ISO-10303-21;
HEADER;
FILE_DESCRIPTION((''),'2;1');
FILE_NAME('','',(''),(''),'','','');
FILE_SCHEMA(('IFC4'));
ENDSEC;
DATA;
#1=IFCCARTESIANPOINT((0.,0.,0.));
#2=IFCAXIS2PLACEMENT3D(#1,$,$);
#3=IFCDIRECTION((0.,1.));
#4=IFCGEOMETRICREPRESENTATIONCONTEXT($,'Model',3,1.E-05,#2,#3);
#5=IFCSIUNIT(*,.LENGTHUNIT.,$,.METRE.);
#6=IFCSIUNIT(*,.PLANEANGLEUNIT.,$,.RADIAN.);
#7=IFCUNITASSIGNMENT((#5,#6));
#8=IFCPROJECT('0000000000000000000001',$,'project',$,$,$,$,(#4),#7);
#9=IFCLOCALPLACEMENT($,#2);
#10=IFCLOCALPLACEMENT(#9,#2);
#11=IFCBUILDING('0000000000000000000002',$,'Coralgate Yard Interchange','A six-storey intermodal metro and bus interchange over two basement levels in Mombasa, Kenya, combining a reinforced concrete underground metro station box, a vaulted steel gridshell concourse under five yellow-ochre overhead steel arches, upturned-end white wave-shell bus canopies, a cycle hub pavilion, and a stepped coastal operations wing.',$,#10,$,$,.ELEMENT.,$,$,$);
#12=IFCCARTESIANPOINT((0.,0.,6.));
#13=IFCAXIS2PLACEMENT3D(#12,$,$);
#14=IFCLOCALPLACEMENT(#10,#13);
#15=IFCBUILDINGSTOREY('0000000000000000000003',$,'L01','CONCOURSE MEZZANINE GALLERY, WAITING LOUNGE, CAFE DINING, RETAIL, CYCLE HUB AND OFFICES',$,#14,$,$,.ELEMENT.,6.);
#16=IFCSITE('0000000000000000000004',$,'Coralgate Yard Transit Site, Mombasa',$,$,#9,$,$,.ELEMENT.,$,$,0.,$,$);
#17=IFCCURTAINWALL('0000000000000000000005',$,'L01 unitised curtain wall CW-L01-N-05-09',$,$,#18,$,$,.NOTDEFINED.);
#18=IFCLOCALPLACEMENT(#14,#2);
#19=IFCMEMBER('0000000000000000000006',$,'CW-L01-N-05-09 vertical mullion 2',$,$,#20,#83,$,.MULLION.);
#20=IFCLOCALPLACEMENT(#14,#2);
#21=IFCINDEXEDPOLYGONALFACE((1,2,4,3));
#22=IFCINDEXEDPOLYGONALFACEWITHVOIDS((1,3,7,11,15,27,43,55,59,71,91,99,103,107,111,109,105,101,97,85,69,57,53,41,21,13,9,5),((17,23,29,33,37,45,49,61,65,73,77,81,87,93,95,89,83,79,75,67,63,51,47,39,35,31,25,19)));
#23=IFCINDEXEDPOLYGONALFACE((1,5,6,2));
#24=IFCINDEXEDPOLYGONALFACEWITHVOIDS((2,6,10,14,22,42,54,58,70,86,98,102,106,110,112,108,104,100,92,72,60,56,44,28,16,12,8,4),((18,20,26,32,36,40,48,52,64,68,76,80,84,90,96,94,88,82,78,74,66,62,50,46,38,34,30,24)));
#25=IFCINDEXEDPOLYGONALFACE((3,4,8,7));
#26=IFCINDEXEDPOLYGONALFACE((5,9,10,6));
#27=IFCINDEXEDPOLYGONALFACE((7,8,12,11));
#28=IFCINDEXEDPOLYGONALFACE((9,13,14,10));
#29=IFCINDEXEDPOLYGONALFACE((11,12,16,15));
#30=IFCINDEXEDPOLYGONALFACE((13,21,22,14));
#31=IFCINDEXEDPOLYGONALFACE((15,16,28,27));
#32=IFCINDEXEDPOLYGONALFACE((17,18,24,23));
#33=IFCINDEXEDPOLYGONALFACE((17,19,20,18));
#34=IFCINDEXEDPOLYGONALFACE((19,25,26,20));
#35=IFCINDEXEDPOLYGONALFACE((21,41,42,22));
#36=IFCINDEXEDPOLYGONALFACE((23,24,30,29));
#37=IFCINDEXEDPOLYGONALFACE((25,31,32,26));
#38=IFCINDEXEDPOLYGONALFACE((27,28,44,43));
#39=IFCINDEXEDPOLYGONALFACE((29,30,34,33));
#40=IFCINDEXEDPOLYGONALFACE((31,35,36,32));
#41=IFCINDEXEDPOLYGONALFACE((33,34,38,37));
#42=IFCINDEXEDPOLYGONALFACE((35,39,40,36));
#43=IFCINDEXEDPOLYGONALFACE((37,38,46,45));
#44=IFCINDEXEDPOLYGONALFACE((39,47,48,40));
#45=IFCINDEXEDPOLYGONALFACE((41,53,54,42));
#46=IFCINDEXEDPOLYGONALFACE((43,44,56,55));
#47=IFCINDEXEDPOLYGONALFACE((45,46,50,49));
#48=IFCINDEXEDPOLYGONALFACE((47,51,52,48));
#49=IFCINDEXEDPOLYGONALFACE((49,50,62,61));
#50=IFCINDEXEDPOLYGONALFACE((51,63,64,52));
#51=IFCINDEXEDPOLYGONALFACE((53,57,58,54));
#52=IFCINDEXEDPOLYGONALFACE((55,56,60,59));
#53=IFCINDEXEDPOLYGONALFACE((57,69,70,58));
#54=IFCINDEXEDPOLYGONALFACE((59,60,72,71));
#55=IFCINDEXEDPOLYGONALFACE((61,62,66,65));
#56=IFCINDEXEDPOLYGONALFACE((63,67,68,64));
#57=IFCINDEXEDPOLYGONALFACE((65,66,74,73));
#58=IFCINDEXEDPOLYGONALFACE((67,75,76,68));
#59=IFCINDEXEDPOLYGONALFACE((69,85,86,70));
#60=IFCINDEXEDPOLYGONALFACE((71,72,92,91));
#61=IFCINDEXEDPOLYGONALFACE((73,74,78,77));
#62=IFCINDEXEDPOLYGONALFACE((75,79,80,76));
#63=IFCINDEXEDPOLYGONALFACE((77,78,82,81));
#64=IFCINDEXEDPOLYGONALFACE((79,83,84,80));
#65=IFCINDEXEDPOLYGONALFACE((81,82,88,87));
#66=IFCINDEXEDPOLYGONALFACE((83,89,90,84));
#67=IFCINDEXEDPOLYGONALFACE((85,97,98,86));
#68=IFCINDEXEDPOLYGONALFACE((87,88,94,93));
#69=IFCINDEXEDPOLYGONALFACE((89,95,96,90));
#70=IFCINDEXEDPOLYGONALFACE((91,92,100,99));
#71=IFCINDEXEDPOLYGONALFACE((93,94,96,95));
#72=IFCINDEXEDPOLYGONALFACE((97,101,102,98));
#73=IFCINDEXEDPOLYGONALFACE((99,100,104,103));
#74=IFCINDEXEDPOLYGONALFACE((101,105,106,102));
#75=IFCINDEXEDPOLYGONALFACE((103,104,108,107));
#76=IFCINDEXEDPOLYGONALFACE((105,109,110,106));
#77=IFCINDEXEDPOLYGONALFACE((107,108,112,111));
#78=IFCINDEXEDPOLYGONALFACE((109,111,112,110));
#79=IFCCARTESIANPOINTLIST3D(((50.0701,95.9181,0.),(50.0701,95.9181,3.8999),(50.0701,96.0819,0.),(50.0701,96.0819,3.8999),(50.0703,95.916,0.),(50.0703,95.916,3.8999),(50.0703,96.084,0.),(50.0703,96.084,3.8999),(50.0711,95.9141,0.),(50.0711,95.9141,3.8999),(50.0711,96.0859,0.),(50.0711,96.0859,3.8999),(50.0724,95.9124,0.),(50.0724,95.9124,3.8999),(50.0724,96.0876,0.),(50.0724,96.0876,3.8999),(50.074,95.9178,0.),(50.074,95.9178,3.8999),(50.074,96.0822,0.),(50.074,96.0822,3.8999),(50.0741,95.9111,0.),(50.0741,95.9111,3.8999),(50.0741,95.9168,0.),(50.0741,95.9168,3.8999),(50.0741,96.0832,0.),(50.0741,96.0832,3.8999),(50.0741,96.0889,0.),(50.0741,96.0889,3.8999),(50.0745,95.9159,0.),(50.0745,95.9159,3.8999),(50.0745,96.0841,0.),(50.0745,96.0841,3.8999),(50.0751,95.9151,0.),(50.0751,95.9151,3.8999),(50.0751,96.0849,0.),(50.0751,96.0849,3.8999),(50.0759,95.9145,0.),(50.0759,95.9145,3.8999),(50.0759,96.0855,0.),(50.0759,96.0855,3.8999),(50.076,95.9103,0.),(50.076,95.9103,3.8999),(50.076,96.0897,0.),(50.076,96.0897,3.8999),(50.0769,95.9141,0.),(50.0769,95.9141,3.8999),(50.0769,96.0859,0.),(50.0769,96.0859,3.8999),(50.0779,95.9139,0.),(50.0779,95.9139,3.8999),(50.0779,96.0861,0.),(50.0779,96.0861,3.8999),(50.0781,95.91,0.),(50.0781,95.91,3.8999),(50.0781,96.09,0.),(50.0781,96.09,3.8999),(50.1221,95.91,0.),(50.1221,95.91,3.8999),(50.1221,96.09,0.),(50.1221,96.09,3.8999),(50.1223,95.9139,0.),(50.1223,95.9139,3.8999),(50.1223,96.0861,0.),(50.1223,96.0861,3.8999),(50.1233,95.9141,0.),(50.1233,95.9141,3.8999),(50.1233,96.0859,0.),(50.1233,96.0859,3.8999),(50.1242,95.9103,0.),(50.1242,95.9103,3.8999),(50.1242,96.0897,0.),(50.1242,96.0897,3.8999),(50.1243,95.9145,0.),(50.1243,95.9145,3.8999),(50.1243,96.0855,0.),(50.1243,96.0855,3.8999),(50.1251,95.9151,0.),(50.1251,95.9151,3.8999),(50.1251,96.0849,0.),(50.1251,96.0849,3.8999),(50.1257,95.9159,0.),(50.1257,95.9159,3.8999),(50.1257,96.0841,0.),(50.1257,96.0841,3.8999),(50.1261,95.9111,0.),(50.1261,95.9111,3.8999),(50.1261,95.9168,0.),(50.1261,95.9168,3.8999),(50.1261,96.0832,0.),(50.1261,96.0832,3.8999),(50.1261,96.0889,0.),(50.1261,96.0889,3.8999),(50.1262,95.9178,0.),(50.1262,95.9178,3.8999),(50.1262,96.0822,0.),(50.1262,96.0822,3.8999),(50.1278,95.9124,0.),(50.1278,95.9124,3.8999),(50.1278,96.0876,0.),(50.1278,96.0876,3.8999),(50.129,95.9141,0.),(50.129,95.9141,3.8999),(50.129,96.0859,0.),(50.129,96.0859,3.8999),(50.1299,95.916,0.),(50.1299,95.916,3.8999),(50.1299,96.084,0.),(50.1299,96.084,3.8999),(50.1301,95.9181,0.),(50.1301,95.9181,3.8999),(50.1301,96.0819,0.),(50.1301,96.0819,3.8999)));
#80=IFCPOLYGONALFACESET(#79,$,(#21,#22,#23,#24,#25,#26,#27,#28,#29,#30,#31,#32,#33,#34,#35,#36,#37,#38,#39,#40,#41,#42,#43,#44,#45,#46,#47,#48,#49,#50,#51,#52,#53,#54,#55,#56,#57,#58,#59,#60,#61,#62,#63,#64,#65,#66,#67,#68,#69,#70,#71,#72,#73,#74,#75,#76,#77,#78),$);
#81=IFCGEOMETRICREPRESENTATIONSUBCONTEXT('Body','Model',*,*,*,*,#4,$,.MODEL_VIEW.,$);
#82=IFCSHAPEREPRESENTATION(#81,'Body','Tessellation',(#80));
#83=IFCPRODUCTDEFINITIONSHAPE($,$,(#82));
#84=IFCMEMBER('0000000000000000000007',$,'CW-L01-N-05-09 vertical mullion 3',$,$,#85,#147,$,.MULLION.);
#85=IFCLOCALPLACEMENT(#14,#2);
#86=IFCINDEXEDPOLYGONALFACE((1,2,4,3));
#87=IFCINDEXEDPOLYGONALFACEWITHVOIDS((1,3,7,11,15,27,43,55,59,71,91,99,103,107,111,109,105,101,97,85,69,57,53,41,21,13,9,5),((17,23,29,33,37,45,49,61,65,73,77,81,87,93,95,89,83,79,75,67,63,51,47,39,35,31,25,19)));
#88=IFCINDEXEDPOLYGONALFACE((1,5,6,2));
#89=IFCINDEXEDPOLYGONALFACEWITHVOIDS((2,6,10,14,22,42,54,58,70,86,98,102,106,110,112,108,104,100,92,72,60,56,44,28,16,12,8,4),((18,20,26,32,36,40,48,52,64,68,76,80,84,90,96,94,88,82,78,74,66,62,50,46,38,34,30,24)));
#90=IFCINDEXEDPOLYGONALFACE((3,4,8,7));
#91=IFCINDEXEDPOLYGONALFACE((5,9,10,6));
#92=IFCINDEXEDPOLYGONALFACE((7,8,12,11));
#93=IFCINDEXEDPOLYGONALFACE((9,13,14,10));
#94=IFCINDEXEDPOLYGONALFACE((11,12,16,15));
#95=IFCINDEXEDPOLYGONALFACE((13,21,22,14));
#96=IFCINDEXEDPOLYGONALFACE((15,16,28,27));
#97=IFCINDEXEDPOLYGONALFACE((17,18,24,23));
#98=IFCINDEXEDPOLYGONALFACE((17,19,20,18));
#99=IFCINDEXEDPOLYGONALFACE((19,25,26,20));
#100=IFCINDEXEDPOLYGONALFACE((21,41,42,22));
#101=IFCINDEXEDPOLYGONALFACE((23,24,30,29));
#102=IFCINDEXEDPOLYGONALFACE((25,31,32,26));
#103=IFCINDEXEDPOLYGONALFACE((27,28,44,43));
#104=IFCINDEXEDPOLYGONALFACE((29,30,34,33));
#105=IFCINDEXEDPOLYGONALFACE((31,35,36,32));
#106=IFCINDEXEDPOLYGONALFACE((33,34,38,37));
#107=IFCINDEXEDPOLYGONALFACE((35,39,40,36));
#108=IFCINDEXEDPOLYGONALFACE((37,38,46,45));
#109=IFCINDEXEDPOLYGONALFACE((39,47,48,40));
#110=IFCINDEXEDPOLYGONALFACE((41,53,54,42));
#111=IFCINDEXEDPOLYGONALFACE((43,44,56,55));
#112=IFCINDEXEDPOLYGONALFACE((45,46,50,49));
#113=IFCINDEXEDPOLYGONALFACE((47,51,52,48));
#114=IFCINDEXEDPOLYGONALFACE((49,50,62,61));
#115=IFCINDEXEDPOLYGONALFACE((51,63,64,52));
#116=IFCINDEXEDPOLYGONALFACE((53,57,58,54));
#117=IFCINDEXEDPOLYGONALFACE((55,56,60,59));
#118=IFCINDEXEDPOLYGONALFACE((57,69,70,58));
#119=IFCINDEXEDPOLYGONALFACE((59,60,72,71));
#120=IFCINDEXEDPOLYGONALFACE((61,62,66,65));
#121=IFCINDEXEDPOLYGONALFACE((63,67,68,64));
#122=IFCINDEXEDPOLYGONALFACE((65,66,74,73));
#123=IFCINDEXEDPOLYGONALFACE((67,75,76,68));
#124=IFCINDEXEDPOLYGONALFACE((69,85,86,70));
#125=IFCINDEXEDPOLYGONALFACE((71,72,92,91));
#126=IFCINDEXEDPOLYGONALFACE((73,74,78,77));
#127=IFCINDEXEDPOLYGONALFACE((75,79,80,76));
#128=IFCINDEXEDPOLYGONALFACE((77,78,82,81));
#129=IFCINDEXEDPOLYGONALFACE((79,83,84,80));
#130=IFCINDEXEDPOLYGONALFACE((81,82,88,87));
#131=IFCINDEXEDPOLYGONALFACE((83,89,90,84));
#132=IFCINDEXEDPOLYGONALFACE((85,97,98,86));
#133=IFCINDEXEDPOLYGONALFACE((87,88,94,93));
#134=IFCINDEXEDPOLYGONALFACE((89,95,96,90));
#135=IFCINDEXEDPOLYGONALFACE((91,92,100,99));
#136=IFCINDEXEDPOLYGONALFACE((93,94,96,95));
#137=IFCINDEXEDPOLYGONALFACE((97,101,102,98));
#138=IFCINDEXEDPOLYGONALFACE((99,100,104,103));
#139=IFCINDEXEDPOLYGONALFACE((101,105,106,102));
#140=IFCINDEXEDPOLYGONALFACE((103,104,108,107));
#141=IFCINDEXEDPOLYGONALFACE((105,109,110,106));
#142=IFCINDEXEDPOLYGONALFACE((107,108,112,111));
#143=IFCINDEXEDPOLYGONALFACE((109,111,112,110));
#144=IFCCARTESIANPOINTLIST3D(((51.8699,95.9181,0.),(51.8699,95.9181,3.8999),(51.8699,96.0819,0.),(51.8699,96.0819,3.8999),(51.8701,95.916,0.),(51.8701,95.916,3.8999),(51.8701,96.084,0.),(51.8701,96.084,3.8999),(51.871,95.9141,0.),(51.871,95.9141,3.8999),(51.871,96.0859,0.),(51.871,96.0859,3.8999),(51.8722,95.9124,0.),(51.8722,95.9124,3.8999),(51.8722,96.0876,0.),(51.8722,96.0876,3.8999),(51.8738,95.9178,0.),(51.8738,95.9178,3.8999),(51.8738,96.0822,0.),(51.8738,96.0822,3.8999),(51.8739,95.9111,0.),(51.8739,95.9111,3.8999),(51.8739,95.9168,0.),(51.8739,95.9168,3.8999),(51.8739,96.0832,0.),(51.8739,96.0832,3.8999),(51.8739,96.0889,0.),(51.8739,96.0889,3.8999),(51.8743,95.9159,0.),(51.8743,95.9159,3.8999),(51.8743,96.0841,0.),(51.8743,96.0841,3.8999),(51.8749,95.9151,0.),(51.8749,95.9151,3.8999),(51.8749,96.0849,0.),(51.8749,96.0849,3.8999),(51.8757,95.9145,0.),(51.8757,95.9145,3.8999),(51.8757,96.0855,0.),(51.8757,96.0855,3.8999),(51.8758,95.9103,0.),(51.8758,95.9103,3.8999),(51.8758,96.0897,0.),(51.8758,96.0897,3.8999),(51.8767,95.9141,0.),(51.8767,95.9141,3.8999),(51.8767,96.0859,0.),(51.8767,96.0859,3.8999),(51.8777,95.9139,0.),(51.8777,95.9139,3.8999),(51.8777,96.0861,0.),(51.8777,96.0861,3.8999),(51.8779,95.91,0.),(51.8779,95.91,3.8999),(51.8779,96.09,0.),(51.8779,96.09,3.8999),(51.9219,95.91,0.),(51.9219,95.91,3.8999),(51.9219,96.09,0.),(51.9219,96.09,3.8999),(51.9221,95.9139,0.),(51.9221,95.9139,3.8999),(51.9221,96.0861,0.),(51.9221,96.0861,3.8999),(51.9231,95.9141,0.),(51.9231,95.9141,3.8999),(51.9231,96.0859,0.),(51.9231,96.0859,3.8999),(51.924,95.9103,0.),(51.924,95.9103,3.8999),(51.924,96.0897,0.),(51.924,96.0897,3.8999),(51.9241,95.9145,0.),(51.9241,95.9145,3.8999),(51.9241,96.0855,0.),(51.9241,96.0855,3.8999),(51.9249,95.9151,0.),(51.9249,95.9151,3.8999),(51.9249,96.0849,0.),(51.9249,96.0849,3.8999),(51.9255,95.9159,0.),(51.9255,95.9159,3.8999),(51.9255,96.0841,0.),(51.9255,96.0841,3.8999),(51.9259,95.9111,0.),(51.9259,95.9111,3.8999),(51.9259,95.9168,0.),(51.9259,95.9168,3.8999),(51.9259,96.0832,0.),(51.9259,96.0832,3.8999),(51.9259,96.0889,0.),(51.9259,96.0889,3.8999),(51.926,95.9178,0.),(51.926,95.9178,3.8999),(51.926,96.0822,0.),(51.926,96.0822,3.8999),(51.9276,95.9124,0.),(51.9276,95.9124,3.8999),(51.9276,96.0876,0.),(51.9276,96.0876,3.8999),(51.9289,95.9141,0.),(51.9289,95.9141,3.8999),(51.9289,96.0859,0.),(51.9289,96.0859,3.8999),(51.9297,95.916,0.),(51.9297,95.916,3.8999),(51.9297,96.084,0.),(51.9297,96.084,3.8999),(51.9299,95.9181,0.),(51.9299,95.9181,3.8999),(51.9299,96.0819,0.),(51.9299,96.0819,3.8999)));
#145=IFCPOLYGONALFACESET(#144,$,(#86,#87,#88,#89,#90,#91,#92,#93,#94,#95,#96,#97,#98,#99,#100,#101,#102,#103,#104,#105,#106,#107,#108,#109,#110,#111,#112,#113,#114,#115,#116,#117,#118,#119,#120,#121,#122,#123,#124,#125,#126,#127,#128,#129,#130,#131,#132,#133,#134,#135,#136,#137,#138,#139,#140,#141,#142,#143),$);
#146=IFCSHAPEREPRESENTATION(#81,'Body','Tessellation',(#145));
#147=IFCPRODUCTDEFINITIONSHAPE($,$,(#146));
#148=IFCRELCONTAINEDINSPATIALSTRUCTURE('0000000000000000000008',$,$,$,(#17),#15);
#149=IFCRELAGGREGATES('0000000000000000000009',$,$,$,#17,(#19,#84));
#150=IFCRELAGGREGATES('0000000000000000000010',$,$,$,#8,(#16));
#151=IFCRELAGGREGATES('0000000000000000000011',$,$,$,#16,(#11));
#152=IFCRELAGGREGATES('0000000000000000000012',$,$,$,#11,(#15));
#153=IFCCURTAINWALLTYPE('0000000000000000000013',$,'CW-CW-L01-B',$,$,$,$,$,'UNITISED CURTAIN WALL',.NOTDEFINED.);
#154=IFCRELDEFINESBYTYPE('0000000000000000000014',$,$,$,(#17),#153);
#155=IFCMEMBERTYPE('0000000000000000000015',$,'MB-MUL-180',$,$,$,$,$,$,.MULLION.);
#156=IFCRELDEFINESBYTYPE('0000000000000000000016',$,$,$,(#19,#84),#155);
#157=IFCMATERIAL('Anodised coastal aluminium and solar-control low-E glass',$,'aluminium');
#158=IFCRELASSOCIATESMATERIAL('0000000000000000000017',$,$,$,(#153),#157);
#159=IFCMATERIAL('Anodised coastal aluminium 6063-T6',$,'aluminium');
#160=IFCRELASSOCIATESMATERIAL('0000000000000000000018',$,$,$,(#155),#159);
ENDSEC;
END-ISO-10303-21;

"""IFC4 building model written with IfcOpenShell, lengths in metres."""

from ifc_helpers import new_model, si_unit, direction, frame, origin, origin_2d, place, context, subcontext, project, spatial, hollow_rectangle, extrude, material, material_profile, profile_set, type_object, element, aggregate, save


model = new_model("IFC4")

# Units and contexts
model_context = context("Model", 3, precision=1e-05, world=origin(), true_north=direction((0.0, 1.0)))
body_context = subcontext(model_context, "Body", "Model", "MODEL_VIEW")
ifc_project = project(units=[si_unit("LENGTHUNIT", "METRE"), si_unit("PLANEANGLEUNIT", "RADIAN")], contexts=[model_context])

# Site, building, storey
site_placement = place(None, origin())
site = spatial("IfcSite", under=ifc_project, at=site_placement, Name="Coralgate Yard Transit Site, Mombasa", CompositionType="ELEMENT", RefElevation=0.0)
building_placement = place(site_placement, origin())
building = spatial("IfcBuilding", under=site, at=building_placement, Name="Coralgate Yard Interchange", Description="A six-storey intermodal metro and bus interchange over two basement levels in Mombasa, Kenya, combining a reinforced concrete underground metro station box, a vaulted steel gridshell concourse under five yellow-ochre overhead steel arches, upturned-end white wave-shell bus canopies, a cycle hub pavilion, and a stepped coastal operations wing.", CompositionType="ELEMENT")
storey_placement = place(building_placement, frame((0.0, 0.0, 6.0)))
storey = spatial("IfcBuildingStorey", under=building, at=storey_placement, Name="L01", Description="CONCOURSE MEZZANINE GALLERY, WAITING LOUNGE, CAFE DINING, RETAIL, CYCLE HUB AND OFFICES", CompositionType="ELEMENT", Elevation=6.0)

# Curtain wall, members
ifc_material_1 = material(Name="Anodised coastal aluminium and solar-control low-E glass", Category="aluminium")
curtain_wall_type = type_object("IfcCurtainWallType", Name="CW-CW-L01-B", ElementType="UNITISED CURTAIN WALL", PredefinedType="NOTDEFINED", material=ifc_material_1)
curtain_wall_placement = place(storey_placement, origin())
curtain_wall = element("IfcCurtainWall", 1, at=curtain_wall_placement, inside=storey, type_object=curtain_wall_type, Name="L01 unitised curtain wall CW-L01-N-05-09", PredefinedType="NOTDEFINED")
ifc_material_2 = material(Name="Anodised coastal aluminium 6063-T6", Category="aluminium")
ifc_material_profile_1 = material_profile(ifc_material_2, hollow_rectangle(XDim=0.0601, YDim=0.1799, WallThickness=0.0039, InnerFilletRadius=0.0039, OuterFilletRadius=0.0081, at=origin_2d()), Name="ALU 60x180x4")
ifc_profile_set_1 = profile_set([ifc_material_profile_1], Name="Anodised coastal aluminium 6063-T6")
member_type_1 = type_object("IfcMemberType", Name="MB-MUL-180", PredefinedType="MULLION", material=ifc_profile_set_1)
member_1_placement = place(storey_placement, frame((50.1001, 96.0, 0.0), z_axis=(0.0, 0.0, 1.0), x_axis=(1.0, 0.0, 0.0)))
member_1 = element("IfcMember", 2, at=member_1_placement, type_object=member_type_1, Name="CW-L01-N-05-09 vertical mullion 2", PredefinedType="MULLION", context=body_context, shape_type="SweptSolid", body=[
    extrude(hollow_rectangle(XDim=0.0601, YDim=0.1799, WallThickness=0.0039, InnerFilletRadius=0.0039, OuterFilletRadius=0.0081, at=origin_2d()), origin(), (0.0, 0.0, 1.0), 3.8999),
])
member_2_placement = place(storey_placement, frame((51.8999, 96.0, 0.0), z_axis=(0.0, 0.0, 1.0), x_axis=(1.0, 0.0, 0.0)))
member_2 = element("IfcMember", 3, at=member_2_placement, type_object=member_type_1, Name="CW-L01-N-05-09 vertical mullion 3", PredefinedType="MULLION", context=body_context, shape_type="SweptSolid", body=[
    extrude(hollow_rectangle(XDim=0.0601, YDim=0.1799, WallThickness=0.0039, InnerFilletRadius=0.0039, OuterFilletRadius=0.0081, at=origin_2d()), origin(), (0.0, 0.0, 1.0), 3.8999),
])
aggregate(curtain_wall, [member_1, member_2])

save(model, "model.ifc")
